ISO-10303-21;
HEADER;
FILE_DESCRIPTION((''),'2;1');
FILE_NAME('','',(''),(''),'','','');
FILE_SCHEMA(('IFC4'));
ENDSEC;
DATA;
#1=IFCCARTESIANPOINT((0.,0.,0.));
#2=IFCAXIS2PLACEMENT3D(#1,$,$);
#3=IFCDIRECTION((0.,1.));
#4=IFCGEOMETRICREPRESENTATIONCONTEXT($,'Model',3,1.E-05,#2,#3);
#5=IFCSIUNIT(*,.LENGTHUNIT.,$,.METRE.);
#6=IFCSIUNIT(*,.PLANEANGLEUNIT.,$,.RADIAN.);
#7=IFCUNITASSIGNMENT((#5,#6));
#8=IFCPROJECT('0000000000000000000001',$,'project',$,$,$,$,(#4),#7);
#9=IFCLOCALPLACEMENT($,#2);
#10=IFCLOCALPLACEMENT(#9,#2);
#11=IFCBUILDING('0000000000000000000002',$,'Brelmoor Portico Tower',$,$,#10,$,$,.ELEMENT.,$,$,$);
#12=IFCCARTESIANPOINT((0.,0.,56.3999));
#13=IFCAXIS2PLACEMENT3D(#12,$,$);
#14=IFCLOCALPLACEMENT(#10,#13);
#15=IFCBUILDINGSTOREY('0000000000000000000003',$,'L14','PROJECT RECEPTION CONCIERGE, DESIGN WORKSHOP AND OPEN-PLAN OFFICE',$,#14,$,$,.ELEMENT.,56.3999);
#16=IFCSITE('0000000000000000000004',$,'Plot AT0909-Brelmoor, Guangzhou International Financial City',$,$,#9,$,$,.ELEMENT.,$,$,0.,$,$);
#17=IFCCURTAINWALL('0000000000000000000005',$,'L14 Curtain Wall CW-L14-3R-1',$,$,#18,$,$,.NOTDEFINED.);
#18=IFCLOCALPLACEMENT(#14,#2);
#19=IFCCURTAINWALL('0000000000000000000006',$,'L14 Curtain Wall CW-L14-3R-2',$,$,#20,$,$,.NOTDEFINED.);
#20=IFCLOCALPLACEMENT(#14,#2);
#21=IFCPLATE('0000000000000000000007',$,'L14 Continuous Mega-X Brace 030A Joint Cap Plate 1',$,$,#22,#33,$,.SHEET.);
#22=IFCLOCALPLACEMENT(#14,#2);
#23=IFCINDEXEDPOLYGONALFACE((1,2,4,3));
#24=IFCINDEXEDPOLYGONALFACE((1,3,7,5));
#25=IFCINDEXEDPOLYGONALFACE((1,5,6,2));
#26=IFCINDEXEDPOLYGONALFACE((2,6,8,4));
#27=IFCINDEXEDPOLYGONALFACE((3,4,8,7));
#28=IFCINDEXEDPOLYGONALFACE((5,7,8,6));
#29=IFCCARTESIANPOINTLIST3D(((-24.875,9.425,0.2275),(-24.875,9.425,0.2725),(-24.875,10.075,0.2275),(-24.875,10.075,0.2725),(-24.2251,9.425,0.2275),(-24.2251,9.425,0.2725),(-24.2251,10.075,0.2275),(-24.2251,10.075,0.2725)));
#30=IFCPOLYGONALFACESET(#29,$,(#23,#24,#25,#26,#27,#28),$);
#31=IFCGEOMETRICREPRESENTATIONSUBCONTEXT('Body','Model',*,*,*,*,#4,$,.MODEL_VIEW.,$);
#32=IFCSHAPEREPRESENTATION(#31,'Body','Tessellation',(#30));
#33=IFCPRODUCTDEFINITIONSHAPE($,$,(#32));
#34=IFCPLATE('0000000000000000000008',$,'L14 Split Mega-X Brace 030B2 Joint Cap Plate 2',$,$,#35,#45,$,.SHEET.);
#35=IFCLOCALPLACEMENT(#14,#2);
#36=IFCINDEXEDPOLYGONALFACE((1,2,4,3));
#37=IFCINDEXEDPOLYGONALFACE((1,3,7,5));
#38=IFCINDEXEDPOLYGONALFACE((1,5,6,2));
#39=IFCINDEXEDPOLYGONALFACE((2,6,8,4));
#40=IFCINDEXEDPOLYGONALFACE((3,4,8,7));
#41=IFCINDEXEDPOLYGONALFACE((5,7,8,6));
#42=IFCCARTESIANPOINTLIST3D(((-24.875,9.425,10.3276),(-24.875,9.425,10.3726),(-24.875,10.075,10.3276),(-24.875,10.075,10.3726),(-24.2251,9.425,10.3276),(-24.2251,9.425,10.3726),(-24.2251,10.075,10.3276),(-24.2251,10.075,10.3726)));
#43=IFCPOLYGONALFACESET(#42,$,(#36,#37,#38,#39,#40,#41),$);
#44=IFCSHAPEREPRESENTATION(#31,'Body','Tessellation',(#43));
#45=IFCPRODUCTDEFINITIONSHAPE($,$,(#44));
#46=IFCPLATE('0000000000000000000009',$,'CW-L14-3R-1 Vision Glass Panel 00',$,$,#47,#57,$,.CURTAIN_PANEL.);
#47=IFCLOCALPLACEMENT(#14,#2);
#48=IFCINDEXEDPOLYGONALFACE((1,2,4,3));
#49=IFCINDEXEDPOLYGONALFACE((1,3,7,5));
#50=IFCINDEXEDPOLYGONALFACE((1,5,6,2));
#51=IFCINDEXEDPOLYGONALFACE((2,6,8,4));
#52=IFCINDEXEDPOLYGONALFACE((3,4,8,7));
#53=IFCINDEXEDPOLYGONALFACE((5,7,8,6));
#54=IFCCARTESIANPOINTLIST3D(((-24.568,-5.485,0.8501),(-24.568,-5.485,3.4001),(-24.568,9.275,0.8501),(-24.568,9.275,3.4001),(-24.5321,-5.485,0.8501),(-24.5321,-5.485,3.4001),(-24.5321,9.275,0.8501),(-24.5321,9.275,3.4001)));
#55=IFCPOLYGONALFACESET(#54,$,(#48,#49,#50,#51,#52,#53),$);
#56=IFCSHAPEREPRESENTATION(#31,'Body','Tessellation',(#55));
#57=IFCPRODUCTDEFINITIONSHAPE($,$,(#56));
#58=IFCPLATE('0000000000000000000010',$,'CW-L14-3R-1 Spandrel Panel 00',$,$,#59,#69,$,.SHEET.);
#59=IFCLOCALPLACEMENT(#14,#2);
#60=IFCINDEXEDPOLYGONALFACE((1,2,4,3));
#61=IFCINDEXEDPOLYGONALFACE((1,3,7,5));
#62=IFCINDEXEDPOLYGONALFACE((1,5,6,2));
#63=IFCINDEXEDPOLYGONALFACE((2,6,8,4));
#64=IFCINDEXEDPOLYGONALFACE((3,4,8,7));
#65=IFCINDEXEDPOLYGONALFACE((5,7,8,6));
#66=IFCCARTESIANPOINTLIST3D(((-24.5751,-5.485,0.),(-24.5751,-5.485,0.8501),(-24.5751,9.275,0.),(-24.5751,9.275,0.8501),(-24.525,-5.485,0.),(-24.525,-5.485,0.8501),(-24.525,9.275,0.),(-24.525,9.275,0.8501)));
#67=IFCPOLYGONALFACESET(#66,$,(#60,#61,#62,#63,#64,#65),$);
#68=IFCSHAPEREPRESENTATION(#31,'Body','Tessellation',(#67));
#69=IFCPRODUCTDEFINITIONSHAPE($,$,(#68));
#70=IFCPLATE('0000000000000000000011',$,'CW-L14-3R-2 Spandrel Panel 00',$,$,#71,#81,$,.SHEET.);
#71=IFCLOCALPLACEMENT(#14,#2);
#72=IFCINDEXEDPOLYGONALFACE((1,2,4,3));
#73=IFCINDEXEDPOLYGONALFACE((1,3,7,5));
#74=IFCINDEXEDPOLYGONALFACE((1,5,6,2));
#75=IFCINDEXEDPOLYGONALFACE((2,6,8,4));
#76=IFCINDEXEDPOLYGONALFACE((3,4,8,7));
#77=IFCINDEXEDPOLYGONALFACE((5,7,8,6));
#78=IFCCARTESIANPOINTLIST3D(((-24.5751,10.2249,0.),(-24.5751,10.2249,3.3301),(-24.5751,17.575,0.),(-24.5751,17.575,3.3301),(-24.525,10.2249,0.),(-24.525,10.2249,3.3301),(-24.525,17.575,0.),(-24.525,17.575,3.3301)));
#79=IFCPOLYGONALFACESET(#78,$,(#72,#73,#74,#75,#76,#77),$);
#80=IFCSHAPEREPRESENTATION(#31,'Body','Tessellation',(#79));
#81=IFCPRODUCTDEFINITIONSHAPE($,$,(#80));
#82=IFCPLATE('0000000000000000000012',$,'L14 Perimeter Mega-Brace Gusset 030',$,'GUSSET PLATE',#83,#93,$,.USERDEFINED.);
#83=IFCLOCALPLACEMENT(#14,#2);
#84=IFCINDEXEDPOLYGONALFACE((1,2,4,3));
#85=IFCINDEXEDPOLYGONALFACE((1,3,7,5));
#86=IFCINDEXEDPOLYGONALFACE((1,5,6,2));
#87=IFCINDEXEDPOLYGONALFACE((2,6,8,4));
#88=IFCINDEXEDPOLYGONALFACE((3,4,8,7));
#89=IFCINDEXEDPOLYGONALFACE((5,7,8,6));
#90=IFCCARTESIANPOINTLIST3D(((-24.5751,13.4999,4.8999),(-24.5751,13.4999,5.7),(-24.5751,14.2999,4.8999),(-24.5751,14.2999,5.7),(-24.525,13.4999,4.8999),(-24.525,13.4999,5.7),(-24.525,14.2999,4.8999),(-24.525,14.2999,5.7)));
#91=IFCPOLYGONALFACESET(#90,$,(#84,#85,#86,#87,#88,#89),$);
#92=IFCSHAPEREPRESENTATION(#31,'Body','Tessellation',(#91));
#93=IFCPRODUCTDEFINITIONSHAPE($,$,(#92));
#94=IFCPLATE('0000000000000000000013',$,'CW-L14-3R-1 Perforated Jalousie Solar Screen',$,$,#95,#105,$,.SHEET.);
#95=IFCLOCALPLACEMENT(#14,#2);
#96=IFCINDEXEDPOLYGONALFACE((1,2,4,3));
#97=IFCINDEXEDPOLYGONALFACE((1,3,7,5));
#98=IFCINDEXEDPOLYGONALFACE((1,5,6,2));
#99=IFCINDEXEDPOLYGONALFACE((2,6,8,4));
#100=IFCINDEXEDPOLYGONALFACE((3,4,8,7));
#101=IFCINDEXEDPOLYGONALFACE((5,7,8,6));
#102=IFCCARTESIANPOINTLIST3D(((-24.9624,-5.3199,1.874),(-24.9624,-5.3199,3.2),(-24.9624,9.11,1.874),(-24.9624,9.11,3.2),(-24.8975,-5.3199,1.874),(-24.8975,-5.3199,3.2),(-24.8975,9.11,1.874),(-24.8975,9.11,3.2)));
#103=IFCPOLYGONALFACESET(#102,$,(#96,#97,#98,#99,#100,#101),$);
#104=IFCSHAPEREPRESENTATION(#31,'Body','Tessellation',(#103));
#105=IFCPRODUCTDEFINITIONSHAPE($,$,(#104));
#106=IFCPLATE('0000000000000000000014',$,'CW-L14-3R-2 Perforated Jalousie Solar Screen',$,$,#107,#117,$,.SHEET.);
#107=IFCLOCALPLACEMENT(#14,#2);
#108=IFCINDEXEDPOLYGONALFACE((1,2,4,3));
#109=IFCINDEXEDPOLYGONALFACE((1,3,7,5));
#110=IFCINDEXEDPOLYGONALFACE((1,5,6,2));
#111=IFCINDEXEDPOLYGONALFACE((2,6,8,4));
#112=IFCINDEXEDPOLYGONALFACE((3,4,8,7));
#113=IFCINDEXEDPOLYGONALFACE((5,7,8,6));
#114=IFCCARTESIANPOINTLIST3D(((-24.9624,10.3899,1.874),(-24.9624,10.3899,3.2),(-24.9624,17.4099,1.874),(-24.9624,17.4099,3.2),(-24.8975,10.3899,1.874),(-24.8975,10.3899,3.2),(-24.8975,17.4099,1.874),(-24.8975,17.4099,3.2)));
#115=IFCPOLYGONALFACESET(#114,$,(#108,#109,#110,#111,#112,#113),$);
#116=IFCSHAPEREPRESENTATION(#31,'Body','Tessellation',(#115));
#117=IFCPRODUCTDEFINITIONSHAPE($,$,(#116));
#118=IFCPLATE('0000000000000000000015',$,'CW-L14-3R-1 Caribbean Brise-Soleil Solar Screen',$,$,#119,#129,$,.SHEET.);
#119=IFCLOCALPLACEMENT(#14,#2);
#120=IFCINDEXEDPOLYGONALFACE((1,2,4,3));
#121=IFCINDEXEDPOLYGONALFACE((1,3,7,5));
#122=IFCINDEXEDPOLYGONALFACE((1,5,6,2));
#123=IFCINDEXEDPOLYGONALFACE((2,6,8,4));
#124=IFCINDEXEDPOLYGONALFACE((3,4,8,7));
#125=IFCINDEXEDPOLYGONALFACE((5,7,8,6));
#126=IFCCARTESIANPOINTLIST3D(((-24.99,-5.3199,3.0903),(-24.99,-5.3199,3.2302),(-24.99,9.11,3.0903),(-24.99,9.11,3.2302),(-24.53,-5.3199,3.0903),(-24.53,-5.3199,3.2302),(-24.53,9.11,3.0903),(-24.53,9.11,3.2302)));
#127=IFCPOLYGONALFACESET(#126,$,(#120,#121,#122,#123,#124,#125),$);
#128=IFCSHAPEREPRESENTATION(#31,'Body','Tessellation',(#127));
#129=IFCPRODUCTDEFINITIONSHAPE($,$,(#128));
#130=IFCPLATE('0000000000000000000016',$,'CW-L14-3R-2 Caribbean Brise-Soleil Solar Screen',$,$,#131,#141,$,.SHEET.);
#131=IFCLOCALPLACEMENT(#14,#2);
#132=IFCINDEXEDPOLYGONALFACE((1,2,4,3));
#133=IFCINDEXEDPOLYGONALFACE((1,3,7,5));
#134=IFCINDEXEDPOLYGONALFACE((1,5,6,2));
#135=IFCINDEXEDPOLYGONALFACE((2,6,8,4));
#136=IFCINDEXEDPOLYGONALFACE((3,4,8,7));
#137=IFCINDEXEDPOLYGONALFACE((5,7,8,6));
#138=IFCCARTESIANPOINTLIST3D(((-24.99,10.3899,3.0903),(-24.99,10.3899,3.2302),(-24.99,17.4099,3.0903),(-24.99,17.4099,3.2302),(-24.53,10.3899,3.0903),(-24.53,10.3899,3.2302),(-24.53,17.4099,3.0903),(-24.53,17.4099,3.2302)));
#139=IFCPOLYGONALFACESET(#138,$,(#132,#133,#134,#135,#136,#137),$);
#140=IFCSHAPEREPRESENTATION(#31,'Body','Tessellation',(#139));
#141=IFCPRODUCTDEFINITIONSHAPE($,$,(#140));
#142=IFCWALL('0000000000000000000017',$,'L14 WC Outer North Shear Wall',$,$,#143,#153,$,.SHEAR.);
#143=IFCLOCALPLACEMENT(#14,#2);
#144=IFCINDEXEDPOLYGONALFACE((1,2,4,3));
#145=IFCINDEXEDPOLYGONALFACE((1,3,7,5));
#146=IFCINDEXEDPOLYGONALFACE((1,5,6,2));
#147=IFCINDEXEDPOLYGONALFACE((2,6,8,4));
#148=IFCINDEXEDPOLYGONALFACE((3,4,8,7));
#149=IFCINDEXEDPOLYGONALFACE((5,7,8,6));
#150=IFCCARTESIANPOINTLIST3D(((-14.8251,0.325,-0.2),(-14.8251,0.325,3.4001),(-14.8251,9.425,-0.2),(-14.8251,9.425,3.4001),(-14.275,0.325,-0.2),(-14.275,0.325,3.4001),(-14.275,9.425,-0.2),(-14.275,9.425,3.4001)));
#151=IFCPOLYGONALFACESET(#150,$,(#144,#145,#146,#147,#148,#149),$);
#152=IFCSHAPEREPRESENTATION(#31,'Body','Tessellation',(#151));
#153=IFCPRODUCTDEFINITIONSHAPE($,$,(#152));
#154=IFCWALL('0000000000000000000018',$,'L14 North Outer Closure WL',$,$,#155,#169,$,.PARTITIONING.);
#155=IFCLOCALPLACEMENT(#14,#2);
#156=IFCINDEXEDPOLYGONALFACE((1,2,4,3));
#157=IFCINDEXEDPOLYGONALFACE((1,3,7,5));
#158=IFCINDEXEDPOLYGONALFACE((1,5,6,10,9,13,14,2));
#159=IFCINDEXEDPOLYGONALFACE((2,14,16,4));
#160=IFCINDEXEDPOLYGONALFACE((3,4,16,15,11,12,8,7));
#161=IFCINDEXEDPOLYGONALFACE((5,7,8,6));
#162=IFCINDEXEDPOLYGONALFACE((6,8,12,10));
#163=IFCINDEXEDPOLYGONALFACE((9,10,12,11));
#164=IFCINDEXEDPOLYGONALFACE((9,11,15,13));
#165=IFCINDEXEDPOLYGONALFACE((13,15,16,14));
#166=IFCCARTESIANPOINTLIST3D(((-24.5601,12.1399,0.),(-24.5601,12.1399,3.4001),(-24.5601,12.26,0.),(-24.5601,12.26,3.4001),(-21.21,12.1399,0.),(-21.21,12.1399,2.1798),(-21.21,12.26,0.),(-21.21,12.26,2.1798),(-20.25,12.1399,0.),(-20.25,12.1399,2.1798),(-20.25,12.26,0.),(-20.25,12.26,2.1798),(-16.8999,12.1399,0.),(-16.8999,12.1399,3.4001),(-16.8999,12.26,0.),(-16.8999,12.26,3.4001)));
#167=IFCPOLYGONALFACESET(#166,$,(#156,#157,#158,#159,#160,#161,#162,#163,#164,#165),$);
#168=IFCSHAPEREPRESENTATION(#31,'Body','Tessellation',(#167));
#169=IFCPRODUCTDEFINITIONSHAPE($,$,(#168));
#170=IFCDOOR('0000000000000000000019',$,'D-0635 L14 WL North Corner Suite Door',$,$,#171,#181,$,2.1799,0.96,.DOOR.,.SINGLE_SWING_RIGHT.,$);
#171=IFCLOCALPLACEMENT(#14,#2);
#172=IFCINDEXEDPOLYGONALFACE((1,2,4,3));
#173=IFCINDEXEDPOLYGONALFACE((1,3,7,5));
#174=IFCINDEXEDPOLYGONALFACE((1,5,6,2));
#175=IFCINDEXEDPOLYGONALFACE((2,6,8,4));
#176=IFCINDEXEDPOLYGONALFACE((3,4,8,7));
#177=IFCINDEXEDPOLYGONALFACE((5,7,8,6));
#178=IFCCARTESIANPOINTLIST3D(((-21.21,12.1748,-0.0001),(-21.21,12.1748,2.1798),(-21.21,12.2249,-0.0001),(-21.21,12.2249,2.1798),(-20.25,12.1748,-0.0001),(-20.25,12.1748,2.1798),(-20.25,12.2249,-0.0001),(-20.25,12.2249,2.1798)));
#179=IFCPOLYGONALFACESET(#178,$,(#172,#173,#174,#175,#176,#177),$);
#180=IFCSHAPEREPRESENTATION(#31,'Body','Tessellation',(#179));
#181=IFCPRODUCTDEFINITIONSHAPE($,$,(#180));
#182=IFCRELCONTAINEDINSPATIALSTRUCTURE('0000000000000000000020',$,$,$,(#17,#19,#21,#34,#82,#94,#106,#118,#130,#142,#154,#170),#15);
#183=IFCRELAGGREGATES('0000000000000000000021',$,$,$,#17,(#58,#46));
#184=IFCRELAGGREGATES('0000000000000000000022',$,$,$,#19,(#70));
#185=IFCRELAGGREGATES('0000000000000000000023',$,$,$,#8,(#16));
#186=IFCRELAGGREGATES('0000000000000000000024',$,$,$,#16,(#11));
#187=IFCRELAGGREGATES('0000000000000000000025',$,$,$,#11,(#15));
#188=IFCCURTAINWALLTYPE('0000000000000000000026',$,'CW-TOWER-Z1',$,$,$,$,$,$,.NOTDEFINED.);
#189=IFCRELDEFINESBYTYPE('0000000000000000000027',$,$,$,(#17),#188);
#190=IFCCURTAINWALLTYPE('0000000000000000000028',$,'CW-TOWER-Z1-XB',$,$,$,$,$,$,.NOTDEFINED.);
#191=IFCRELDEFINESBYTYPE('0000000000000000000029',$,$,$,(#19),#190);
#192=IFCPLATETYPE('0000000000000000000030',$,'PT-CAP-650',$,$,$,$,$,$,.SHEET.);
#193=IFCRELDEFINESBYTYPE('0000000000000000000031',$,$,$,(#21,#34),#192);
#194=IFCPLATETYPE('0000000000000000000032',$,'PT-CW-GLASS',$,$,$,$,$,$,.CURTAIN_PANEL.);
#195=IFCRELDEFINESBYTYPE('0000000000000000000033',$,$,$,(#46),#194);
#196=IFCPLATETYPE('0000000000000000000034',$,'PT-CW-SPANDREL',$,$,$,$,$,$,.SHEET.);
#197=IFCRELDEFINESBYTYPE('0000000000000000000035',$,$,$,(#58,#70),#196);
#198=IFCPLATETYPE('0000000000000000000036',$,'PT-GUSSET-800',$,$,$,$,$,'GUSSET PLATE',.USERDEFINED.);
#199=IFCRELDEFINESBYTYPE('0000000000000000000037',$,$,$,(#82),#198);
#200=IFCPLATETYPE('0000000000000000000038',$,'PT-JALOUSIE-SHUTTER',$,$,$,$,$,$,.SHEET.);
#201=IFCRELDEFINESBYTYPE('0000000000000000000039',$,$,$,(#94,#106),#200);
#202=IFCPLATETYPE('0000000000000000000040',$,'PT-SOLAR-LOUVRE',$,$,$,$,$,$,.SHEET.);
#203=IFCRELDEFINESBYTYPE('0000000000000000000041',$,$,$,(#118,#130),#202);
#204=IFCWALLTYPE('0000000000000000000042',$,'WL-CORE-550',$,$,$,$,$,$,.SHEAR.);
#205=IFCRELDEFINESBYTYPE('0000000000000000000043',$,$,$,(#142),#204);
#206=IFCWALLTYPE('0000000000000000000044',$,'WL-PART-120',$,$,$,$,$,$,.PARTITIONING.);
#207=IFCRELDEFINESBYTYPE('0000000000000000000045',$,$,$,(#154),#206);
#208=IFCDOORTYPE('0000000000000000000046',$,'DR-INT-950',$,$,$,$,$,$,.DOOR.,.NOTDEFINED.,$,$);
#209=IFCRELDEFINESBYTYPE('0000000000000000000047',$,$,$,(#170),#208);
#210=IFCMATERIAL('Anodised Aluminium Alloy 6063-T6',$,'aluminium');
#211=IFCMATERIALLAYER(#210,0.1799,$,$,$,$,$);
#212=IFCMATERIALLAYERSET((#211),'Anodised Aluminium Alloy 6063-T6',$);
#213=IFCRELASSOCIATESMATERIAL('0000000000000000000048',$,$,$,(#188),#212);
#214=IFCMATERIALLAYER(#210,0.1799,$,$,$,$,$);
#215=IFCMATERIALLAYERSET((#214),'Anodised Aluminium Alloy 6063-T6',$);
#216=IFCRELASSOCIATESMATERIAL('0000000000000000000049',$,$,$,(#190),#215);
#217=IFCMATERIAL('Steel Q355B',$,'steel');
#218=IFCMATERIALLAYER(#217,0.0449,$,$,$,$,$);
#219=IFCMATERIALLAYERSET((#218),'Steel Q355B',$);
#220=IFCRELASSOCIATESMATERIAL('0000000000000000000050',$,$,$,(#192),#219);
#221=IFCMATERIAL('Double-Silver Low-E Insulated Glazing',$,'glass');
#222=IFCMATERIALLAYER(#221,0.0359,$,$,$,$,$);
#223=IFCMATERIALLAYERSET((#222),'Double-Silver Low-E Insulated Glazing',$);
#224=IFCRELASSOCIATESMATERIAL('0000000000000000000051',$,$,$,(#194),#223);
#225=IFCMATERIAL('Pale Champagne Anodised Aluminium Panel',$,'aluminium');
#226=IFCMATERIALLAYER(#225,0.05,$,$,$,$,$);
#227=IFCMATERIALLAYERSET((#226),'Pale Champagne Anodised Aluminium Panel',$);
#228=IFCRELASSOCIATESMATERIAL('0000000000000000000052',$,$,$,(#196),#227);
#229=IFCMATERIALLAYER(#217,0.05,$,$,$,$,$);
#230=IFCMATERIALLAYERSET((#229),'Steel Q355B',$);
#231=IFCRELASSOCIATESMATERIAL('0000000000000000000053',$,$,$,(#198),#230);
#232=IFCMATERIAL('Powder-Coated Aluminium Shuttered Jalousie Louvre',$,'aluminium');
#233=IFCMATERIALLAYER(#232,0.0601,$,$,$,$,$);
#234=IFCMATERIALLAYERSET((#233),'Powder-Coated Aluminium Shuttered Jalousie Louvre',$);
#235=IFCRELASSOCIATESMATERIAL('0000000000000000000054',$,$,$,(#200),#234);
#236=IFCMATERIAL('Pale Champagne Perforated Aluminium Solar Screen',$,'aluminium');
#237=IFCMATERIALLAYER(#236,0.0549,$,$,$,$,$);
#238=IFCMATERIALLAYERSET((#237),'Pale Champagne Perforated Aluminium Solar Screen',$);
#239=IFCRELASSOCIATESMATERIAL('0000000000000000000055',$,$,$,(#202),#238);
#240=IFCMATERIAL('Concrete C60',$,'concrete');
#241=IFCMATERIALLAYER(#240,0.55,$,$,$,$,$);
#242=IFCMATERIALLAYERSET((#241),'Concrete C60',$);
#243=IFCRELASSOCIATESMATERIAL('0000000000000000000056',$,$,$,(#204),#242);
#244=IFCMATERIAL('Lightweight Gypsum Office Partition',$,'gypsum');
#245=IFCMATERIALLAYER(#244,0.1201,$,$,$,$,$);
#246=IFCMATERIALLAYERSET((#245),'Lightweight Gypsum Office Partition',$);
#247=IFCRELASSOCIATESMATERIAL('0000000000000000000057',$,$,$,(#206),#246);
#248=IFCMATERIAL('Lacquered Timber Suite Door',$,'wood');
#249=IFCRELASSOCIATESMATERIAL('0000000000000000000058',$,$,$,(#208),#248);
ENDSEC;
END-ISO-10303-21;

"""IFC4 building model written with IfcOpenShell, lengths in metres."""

from ifc_helpers import new_model, si_unit, direction, frame, frame_2d, origin, origin_2d, place, context, subcontext, project, spatial, rectangle, extrude, material, layer, layer_set, type_object, element, fill, aggregate, save


model = new_model("IFC4")

# Units and contexts
model_context = context("Model", 3, precision=1e-05, world=origin(), true_north=direction((0.0, 1.0)))
body_context = subcontext(model_context, "Body", "Model", "MODEL_VIEW")
ifc_project = project(units=[si_unit("LENGTHUNIT", "METRE"), si_unit("PLANEANGLEUNIT", "RADIAN")], contexts=[model_context])

# Site, building, storey
site_placement = place(None, origin())
site = spatial("IfcSite", under=ifc_project, at=site_placement, Name="Plot AT0909-Brelmoor, Guangzhou International Financial City", CompositionType="ELEMENT", RefElevation=0.0)
building_placement = place(site_placement, origin())
building = spatial("IfcBuilding", under=site, at=building_placement, Name="Brelmoor Portico Tower", CompositionType="ELEMENT")
storey_placement = place(building_placement, frame((0.0, 0.0, 56.3999)))
storey = spatial("IfcBuildingStorey", under=building, at=storey_placement, Name="L14", Description="PROJECT RECEPTION CONCIERGE, DESIGN WORKSHOP AND OPEN-PLAN OFFICE", CompositionType="ELEMENT", Elevation=56.3999)

# Shared definitions
ifc_material_1 = material(Name="Steel Q355B", Category="steel")

# Curtain wall
ifc_material_2 = material(Name="Anodised Aluminium Alloy 6063-T6", Category="aluminium")
ifc_layer_1 = layer(ifc_material_2, 0.1799)
ifc_layer_set_1 = layer_set([ifc_layer_1], Name="Anodised Aluminium Alloy 6063-T6")
curtain_wall_type_1 = type_object("IfcCurtainWallType", Name="CW-TOWER-Z1", PredefinedType="NOTDEFINED", material=ifc_layer_set_1)
curtain_wall_1_placement = place(storey_placement, origin())
curtain_wall_1 = element("IfcCurtainWall", 1, at=curtain_wall_1_placement, inside=storey, type_object=curtain_wall_type_1, Name="L14 Curtain Wall CW-L14-3R-1", PredefinedType="NOTDEFINED")

# Curtain wall
ifc_layer_2 = layer(ifc_material_2, 0.1799)
ifc_layer_set_2 = layer_set([ifc_layer_2], Name="Anodised Aluminium Alloy 6063-T6")
curtain_wall_type_2 = type_object("IfcCurtainWallType", Name="CW-TOWER-Z1-XB", PredefinedType="NOTDEFINED", material=ifc_layer_set_2)
curtain_wall_2_placement = place(storey_placement, origin())
curtain_wall_2 = element("IfcCurtainWall", 2, at=curtain_wall_2_placement, inside=storey, type_object=curtain_wall_type_2, Name="L14 Curtain Wall CW-L14-3R-2", PredefinedType="NOTDEFINED")

# Plates
ifc_layer_3 = layer(ifc_material_1, 0.0449)
ifc_layer_set_3 = layer_set([ifc_layer_3], Name="Steel Q355B")
plate_type_1 = type_object("IfcPlateType", Name="PT-CAP-650", PredefinedType="SHEET", material=ifc_layer_set_3)
for number, where, z_axis, x_axis, name in (
    (3, (-24.55, 9.75, 0.2275), (0.0, 0.0, 1.0), (1.0, 0.0, 0.0), "L14 Continuous Mega-X Brace 030A Joint Cap Plate 1"),
    (4, (-24.55, 9.75, 10.3276), (0.0, 0.0, 1.0), (1.0, 0.0, 0.0), "L14 Split Mega-X Brace 030B2 Joint Cap Plate 2"),
):
    element("IfcPlate", number, at=place(storey_placement, frame(where, z_axis=z_axis, x_axis=x_axis)), inside=storey, type_object=plate_type_1, Name=name, PredefinedType="SHEET", context=body_context, shape_type="SweptSolid", body=[
        extrude(rectangle(XDim=0.6499, YDim=0.6499, at=origin_2d()), origin(), (0.0, 0.0, 1.0), 0.0449),
    ])

# Plates
ifc_material_3 = material(Name="Double-Silver Low-E Insulated Glazing", Category="glass")
ifc_layer_4 = layer(ifc_material_3, 0.0359)
ifc_layer_set_4 = layer_set([ifc_layer_4], Name="Double-Silver Low-E Insulated Glazing")
plate_type_2 = type_object("IfcPlateType", Name="PT-CW-GLASS", PredefinedType="CURTAIN_PANEL", material=ifc_layer_set_4)
plate_1_placement = place(storey_placement, frame((-24.55, 1.895, 0.8501), z_axis=(0.0, 0.0, 1.0), x_axis=(0.0, 1.0, 0.0)))
plate_1 = element("IfcPlate", 5, at=plate_1_placement, type_object=plate_type_2, Name="CW-L14-3R-1 Vision Glass Panel 00", PredefinedType="CURTAIN_PANEL", context=body_context, shape_type="SweptSolid", body=[
    extrude(rectangle(XDim=14.76, YDim=0.0359, at=origin_2d()), origin(), (0.0, 0.0, 1.0), 2.55),
])
ifc_material_4 = material(Name="Pale Champagne Anodised Aluminium Panel", Category="aluminium")
ifc_layer_5 = layer(ifc_material_4, 0.05)
ifc_layer_set_5 = layer_set([ifc_layer_5], Name="Pale Champagne Anodised Aluminium Panel")
plate_type_3 = type_object("IfcPlateType", Name="PT-CW-SPANDREL", PredefinedType="SHEET", material=ifc_layer_set_5)
plate_2_placement = place(storey_placement, frame((-24.55, 1.895, 0.0), z_axis=(0.0, 0.0, 1.0), x_axis=(0.0, 1.0, 0.0)))
plate_2 = element("IfcPlate", 6, at=plate_2_placement, type_object=plate_type_3, Name="CW-L14-3R-1 Spandrel Panel 00", PredefinedType="SHEET", context=body_context, shape_type="SweptSolid", body=[
    extrude(rectangle(XDim=14.76, YDim=0.05, at=origin_2d()), origin(), (0.0, 0.0, 1.0), 0.8501),
])
aggregate(curtain_wall_1, [plate_2, plate_1])
plate_3_placement = place(storey_placement, frame((-24.55, 13.8999, 0.0), z_axis=(0.0, 0.0, 1.0), x_axis=(0.0, 1.0, 0.0)))
plate_3 = element("IfcPlate", 7, at=plate_3_placement, type_object=plate_type_3, Name="CW-L14-3R-2 Spandrel Panel 00", PredefinedType="SHEET", context=body_context, shape_type="SweptSolid", body=[
    extrude(rectangle(XDim=7.3501, YDim=0.05, at=origin_2d()), origin(), (0.0, 0.0, 1.0), 3.3301),
])
aggregate(curtain_wall_2, [plate_3])

# Plates
ifc_layer_6 = layer(ifc_material_1, 0.05)
ifc_layer_set_6 = layer_set([ifc_layer_6], Name="Steel Q355B")
plate_type_4 = type_object("IfcPlateType", Name="PT-GUSSET-800", ElementType="GUSSET PLATE", PredefinedType="USERDEFINED", material=ifc_layer_set_6)
plate_4_placement = place(storey_placement, frame((-24.55, 13.8999, 4.8999), z_axis=(0.0, 0.0, 1.0), x_axis=(1.0, 0.0, 0.0)))
element("IfcPlate", 8, at=plate_4_placement, inside=storey, type_object=plate_type_4, Name="L14 Perimeter Mega-Brace Gusset 030", ObjectType="GUSSET PLATE", PredefinedType="USERDEFINED", context=body_context, shape_type="SweptSolid", body=[
    extrude(rectangle(XDim=0.05, YDim=0.8, at=origin_2d()), origin(), (0.0, 0.0, 1.0), 0.8),
])
ifc_material_5 = material(Name="Powder-Coated Aluminium Shuttered Jalousie Louvre", Category="aluminium")
ifc_layer_7 = layer(ifc_material_5, 0.0601)
ifc_layer_set_7 = layer_set([ifc_layer_7], Name="Powder-Coated Aluminium Shuttered Jalousie Louvre")
plate_type_5 = type_object("IfcPlateType", Name="PT-JALOUSIE-SHUTTER", PredefinedType="SHEET", material=ifc_layer_set_7)
plate_5_placement = place(storey_placement, frame((-24.9299, 1.895, 1.874), z_axis=(0.0, 0.0, 1.0), x_axis=(0.0, 1.0, 0.0)))
element("IfcPlate", 9, at=plate_5_placement, inside=storey, type_object=plate_type_5, Name="CW-L14-3R-1 Perforated Jalousie Solar Screen", PredefinedType="SHEET", context=body_context, shape_type="SweptSolid", body=[
    extrude(rectangle(XDim=14.4299, YDim=0.0649, at=origin_2d()), origin(), (0.0, 0.0, 1.0), 1.3259),
])
plate_6_placement = place(storey_placement, frame((-24.9299, 13.8999, 1.874), z_axis=(0.0, 0.0, 1.0), x_axis=(0.0, 1.0, 0.0)))
element("IfcPlate", 10, at=plate_6_placement, inside=storey, type_object=plate_type_5, Name="CW-L14-3R-2 Perforated Jalousie Solar Screen", PredefinedType="SHEET", context=body_context, shape_type="SweptSolid", body=[
    extrude(rectangle(XDim=7.02, YDim=0.0649, at=origin_2d()), origin(), (0.0, 0.0, 1.0), 1.3259),
])
ifc_material_6 = material(Name="Pale Champagne Perforated Aluminium Solar Screen", Category="aluminium")
ifc_layer_8 = layer(ifc_material_6, 0.0549)
ifc_layer_set_8 = layer_set([ifc_layer_8], Name="Pale Champagne Perforated Aluminium Solar Screen")
plate_type_6 = type_object("IfcPlateType", Name="PT-SOLAR-LOUVRE", PredefinedType="SHEET", material=ifc_layer_set_8)
plate_7_placement = place(storey_placement, frame((-24.76, 1.895, 3.0903), z_axis=(0.0, 0.0, 1.0), x_axis=(0.0, 1.0, 0.0)))
element("IfcPlate", 11, at=plate_7_placement, inside=storey, type_object=plate_type_6, Name="CW-L14-3R-1 Caribbean Brise-Soleil Solar Screen", PredefinedType="SHEET", context=body_context, shape_type="SweptSolid", body=[
    extrude(rectangle(XDim=14.4299, YDim=0.46, at=origin_2d()), origin(), (0.0, 0.0, 1.0), 0.1399),
])
plate_8_placement = place(storey_placement, frame((-24.76, 13.8999, 3.0903), z_axis=(0.0, 0.0, 1.0), x_axis=(0.0, 1.0, 0.0)))
element("IfcPlate", 12, at=plate_8_placement, inside=storey, type_object=plate_type_6, Name="CW-L14-3R-2 Caribbean Brise-Soleil Solar Screen", PredefinedType="SHEET", context=body_context, shape_type="SweptSolid", body=[
    extrude(rectangle(XDim=7.02, YDim=0.46, at=origin_2d()), origin(), (0.0, 0.0, 1.0), 0.1399),
])

# Wall
ifc_material_7 = material(Name="Concrete C60", Category="concrete")
ifc_layer_9 = layer(ifc_material_7, 0.55)
ifc_layer_set_9 = layer_set([ifc_layer_9], Name="Concrete C60")
wall_type_1 = type_object("IfcWallType", Name="WL-CORE-550", PredefinedType="SHEAR", material=ifc_layer_set_9)
wall_1_placement = place(storey_placement, frame((-14.55, 0.325, -0.2), z_axis=(0.0, 0.0, 1.0), x_axis=(0.0, 1.0, 0.0)))
element("IfcWall", 13, at=wall_1_placement, inside=storey, type_object=wall_type_1, Name="L14 WC Outer North Shear Wall", PredefinedType="SHEAR", context=body_context, shape_type="SweptSolid", body=[
    extrude(rectangle(XDim=9.1001, YDim=0.55, at=frame_2d((4.55, 0.0))), origin(), (0.0, 0.0, 1.0), 3.6001),
])

# Wall, opening, door
ifc_material_8 = material(Name="Lightweight Gypsum Office Partition", Category="gypsum")
ifc_layer_10 = layer(ifc_material_8, 0.1201)
ifc_layer_set_10 = layer_set([ifc_layer_10], Name="Lightweight Gypsum Office Partition")
wall_type_2 = type_object("IfcWallType", Name="WL-PART-120", PredefinedType="PARTITIONING", material=ifc_layer_set_10)
wall_2_placement = place(storey_placement, frame((-24.5601, 12.2, 0.0), z_axis=(0.0, 0.0, 1.0), x_axis=(1.0, 0.0, 0.0)))
wall_2 = element("IfcWall", 14, at=wall_2_placement, inside=storey, type_object=wall_type_2, Name="L14 North Outer Closure WL", PredefinedType="PARTITIONING", context=body_context, shape_type="SweptSolid", body=[
    extrude(rectangle(XDim=7.6602, YDim=0.1201, at=frame_2d((3.8301, 0.0))), origin(), (0.0, 0.0, 1.0), 3.4001),
])
opening_1_placement = place(wall_2_placement, frame((3.3501, 0.0, 0.0)))
opening_1 = element("IfcOpeningElement", 15, at=opening_1_placement, cuts=wall_2, PredefinedType="OPENING", context=body_context, shape_type="SweptSolid", body=[
    extrude(rectangle(XDim=0.96, YDim=2.1799, at=frame_2d((0.48, 1.0898))), frame((0.0, 0.0701, 0.0), z_axis=(0.0, -1.0, 0.0), x_axis=(1.0, 0.0, 0.0)), (0.0, 0.0, 1.0), 0.1401),
])
ifc_material_9 = material(Name="Lacquered Timber Suite Door", Category="wood")
door_type_1 = type_object("IfcDoorType", Name="DR-INT-950", OperationType="NOTDEFINED", PredefinedType="DOOR", material=ifc_material_9)
door_1_placement = place(opening_1_placement, origin())
door_1 = element("IfcDoor", 16, at=door_1_placement, inside=storey, type_object=door_type_1, Name="D-0635 L14 WL North Corner Suite Door", OperationType="SINGLE_SWING_RIGHT", OverallHeight=2.1799, OverallWidth=0.96, PredefinedType="DOOR", context=body_context, shape_type="SweptSolid", body=[
    extrude(rectangle(XDim=0.96, YDim=2.1799, at=frame_2d((0.48, 1.0898))), frame((0.0, 0.0249, 0.0), z_axis=(0.0, -1.0, 0.0), x_axis=(1.0, 0.0, 0.0)), (0.0, 0.0, 1.0), 0.05),
])
fill(opening_1, door_1)

save(model, "model.ifc")
